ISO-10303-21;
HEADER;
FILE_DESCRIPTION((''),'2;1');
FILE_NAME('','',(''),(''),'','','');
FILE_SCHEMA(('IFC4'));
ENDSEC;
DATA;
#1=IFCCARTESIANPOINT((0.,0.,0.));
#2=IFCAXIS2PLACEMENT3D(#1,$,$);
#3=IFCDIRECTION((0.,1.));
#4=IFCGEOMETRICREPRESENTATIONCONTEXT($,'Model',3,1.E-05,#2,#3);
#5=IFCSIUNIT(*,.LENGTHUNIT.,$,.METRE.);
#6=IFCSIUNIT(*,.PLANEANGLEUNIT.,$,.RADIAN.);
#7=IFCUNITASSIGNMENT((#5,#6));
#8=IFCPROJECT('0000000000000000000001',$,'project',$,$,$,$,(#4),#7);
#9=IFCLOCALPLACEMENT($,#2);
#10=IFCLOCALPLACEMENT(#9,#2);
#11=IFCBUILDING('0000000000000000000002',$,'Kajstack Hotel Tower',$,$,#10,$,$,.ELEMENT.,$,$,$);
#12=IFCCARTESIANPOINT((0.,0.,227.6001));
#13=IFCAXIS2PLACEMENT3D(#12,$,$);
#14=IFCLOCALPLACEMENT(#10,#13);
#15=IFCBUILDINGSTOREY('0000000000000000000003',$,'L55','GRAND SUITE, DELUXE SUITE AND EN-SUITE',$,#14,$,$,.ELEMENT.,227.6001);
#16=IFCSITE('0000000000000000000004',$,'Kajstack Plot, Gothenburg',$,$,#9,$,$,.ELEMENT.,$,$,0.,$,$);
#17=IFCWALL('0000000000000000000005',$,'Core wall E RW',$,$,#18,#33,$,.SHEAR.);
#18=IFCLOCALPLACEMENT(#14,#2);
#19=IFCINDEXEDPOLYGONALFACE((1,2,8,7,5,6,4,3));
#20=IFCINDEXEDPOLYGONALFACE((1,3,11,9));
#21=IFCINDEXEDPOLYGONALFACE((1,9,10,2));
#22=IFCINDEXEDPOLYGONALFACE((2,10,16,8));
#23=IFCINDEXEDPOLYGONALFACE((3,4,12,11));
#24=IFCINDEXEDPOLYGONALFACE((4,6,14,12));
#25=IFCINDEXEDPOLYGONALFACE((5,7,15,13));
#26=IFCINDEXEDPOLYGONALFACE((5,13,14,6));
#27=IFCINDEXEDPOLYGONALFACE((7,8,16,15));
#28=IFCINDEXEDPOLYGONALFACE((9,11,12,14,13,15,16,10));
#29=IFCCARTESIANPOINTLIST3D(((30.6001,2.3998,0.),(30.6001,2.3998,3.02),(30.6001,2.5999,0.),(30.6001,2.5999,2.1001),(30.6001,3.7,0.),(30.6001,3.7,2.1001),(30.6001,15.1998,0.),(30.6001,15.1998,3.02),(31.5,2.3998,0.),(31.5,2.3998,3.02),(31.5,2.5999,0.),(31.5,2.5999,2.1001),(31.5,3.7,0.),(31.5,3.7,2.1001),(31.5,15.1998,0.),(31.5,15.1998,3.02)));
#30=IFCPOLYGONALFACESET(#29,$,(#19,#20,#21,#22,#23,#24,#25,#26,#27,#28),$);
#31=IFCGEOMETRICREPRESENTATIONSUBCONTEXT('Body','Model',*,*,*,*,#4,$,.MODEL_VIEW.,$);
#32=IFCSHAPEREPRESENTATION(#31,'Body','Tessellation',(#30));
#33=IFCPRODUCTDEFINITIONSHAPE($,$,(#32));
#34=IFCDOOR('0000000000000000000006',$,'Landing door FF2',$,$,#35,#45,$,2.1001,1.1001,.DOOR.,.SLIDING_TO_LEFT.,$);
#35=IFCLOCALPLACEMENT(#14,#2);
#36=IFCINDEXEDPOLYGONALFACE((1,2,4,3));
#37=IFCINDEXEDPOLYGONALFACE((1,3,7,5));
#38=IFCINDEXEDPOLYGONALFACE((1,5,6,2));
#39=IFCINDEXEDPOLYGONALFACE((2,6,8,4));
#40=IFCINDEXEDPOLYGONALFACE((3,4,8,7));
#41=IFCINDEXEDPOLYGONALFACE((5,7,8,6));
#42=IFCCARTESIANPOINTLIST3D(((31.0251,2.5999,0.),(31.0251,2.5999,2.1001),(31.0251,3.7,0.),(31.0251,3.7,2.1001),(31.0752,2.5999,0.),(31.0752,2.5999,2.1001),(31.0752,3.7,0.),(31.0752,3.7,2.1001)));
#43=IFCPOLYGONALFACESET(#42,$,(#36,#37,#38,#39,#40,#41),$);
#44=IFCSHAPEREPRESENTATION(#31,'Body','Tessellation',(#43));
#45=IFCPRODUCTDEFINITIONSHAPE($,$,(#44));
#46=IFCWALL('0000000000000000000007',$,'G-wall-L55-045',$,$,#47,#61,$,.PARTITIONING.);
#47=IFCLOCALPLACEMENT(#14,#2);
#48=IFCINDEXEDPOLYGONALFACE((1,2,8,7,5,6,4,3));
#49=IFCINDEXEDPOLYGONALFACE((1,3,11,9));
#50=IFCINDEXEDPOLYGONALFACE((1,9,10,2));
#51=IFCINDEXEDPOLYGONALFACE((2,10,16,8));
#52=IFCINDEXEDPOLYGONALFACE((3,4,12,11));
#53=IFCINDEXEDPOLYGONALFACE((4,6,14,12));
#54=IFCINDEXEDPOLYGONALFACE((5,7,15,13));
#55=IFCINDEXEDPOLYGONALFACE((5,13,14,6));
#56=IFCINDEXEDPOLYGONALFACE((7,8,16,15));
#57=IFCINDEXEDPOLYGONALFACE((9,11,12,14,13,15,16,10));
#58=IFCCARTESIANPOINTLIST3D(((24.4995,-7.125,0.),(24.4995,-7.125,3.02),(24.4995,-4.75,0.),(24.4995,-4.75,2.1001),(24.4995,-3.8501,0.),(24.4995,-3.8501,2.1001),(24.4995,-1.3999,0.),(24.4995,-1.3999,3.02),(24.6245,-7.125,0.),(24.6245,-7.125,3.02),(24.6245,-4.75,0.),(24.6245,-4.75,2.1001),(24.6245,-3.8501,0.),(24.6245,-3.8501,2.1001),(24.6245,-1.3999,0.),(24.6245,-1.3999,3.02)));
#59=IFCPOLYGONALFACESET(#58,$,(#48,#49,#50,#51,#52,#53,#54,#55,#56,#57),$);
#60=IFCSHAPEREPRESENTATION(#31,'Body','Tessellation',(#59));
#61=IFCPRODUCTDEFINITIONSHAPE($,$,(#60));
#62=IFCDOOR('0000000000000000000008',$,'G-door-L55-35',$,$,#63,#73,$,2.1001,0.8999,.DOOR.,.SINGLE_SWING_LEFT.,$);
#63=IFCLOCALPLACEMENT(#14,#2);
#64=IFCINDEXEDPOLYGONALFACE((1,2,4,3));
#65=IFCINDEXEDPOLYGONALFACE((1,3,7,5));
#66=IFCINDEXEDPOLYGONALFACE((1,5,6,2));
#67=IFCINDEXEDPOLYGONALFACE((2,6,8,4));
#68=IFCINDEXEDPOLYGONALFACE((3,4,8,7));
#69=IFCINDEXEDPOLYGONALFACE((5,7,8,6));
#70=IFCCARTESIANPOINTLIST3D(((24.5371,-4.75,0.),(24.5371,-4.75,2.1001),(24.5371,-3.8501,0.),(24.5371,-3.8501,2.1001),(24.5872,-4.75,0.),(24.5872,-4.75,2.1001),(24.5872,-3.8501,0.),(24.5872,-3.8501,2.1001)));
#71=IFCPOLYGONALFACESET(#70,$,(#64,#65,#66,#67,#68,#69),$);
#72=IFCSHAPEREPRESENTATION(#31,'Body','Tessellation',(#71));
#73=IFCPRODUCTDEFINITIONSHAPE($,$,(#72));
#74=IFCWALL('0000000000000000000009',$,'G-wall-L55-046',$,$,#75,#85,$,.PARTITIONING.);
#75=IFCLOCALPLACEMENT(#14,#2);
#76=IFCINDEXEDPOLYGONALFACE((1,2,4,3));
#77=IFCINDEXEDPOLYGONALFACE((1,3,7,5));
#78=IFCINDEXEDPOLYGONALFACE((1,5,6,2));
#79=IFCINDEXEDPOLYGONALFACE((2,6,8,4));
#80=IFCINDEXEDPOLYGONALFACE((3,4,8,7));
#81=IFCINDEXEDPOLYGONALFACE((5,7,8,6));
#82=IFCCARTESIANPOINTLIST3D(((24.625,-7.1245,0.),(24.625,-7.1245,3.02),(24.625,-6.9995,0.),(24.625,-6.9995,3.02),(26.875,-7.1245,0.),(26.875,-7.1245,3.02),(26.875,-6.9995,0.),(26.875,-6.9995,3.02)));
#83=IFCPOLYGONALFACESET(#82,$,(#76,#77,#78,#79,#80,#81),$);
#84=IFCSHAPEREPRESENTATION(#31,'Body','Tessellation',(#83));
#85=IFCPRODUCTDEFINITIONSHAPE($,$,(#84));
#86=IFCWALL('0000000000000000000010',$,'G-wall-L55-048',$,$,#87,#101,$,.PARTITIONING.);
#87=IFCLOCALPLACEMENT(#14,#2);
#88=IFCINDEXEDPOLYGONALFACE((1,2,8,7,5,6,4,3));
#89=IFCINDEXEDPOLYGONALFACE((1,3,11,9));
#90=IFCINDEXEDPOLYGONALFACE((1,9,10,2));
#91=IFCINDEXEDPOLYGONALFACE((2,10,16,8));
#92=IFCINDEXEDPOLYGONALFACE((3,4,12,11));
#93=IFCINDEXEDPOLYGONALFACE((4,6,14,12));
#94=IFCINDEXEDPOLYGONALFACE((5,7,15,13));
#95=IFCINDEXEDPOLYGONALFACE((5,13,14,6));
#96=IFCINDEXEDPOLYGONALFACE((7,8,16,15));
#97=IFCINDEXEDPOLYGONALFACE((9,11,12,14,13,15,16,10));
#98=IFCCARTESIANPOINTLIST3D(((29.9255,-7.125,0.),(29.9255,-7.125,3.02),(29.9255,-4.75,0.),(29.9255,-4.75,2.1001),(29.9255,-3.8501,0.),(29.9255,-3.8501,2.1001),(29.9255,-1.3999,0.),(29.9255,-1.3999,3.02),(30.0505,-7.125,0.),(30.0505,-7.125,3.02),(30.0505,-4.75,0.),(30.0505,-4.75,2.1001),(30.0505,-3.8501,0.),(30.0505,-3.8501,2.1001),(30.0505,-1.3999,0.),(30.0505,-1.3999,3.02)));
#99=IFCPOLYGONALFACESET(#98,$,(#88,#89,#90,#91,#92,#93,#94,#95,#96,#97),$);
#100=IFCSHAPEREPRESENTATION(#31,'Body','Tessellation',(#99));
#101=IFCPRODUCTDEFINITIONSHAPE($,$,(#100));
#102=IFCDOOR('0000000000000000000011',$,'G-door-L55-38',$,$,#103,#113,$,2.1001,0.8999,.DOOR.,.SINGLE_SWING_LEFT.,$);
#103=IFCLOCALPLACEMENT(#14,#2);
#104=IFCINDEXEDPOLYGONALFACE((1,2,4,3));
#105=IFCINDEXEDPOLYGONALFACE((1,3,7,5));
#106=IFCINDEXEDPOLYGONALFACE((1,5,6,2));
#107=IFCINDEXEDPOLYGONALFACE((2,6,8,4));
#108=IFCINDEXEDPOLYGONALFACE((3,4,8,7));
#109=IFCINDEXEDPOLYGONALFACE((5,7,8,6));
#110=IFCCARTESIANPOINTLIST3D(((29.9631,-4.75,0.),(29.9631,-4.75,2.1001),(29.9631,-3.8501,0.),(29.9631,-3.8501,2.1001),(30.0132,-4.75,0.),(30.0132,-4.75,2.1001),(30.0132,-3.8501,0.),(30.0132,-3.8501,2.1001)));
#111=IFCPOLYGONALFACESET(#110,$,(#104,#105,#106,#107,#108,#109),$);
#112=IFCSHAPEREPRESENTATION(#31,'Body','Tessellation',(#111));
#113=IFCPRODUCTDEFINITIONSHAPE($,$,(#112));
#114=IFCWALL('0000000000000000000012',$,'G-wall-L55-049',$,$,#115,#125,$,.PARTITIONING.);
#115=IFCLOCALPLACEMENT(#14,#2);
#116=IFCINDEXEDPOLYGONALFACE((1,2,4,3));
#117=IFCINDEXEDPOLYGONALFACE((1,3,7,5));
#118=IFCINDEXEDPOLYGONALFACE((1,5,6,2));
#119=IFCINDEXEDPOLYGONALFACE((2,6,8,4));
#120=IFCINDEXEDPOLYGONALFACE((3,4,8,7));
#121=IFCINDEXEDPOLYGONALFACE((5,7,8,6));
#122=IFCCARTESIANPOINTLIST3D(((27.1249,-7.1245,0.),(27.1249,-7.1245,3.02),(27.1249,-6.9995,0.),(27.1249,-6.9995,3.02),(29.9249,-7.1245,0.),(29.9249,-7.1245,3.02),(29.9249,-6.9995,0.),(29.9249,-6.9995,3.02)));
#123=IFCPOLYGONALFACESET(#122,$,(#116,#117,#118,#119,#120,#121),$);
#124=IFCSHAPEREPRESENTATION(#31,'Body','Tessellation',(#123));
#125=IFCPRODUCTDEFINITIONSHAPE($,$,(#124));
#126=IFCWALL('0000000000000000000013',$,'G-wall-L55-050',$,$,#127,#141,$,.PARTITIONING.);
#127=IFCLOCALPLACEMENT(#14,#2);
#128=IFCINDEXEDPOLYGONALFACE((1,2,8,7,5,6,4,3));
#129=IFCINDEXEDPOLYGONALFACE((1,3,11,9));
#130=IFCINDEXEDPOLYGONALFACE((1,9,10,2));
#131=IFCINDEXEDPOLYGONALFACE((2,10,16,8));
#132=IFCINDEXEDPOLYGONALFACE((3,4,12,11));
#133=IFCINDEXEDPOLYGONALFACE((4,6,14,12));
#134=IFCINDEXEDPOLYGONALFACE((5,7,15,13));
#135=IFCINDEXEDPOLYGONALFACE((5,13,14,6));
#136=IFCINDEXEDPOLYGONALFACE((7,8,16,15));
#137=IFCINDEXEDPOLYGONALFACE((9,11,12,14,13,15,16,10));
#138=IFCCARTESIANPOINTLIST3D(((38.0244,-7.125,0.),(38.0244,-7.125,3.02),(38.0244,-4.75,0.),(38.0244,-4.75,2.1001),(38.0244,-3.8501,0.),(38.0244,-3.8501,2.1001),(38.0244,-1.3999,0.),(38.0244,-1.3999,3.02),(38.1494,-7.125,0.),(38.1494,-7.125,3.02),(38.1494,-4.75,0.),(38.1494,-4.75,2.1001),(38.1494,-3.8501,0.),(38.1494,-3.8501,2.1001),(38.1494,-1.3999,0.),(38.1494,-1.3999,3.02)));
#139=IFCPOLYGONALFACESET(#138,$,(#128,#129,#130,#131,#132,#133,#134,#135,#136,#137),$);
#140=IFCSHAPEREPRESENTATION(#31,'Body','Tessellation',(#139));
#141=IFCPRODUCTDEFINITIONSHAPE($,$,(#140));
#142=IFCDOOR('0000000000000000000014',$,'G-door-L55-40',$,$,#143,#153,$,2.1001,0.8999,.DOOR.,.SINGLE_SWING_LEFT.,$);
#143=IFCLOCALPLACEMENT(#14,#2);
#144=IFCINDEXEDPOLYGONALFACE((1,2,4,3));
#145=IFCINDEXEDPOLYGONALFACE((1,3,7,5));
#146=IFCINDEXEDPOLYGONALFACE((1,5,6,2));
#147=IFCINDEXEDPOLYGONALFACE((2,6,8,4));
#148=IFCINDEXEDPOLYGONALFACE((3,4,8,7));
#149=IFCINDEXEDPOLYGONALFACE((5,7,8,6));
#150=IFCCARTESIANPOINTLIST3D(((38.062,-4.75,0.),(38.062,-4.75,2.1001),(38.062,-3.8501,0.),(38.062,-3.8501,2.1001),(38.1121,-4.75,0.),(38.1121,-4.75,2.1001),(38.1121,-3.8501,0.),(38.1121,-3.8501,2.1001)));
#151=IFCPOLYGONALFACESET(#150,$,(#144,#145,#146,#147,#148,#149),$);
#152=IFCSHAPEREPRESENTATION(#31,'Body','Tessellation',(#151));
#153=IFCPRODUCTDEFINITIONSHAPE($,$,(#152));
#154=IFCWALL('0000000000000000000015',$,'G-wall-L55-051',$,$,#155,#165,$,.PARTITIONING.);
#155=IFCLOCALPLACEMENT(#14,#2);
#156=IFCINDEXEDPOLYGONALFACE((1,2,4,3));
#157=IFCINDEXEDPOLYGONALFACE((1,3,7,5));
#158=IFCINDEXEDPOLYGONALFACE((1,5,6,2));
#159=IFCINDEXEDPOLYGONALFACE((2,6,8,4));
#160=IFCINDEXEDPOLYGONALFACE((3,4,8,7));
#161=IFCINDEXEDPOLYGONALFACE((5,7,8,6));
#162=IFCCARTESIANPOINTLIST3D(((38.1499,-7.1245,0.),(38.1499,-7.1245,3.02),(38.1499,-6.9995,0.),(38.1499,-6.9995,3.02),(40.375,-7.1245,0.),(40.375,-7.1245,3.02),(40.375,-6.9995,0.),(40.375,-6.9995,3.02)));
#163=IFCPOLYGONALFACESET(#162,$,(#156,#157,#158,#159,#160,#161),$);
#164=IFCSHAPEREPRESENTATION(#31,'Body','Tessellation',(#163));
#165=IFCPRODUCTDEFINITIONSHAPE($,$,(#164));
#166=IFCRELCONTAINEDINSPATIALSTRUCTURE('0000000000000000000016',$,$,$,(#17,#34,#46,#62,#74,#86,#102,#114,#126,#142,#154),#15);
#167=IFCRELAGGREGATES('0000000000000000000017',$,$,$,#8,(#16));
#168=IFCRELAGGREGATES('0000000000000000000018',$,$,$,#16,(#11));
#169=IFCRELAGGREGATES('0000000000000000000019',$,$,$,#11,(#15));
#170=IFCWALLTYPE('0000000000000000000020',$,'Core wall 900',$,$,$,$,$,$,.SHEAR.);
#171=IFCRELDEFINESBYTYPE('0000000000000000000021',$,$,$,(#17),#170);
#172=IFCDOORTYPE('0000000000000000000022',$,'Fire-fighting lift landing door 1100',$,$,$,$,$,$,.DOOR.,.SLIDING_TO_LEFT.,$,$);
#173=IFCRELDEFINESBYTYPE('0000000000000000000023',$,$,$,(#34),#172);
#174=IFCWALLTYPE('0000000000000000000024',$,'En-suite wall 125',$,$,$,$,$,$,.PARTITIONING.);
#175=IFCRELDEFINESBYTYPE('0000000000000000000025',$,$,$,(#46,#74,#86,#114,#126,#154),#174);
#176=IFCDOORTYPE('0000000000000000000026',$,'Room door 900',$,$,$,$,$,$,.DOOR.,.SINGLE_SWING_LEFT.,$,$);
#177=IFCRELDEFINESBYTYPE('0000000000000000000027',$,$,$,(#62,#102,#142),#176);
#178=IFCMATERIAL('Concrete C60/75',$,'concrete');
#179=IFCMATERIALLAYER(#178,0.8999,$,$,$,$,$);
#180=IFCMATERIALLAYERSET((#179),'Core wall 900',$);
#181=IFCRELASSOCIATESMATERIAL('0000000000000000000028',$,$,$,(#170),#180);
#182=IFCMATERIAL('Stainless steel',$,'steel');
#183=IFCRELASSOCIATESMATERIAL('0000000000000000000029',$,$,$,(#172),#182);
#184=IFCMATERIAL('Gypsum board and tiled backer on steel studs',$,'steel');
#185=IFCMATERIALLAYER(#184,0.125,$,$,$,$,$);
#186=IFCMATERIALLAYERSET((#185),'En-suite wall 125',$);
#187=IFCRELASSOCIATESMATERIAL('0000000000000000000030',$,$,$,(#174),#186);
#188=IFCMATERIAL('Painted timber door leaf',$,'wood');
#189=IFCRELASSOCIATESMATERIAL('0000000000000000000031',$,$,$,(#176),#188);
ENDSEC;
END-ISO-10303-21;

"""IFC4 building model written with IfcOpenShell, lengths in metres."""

from ifc_helpers import new_model, si_unit, direction, frame, frame_2d, origin, place, context, subcontext, project, spatial, rectangle, extrude, material, layer, layer_set, type_object, element, fill, save


model = new_model("IFC4")

# Units and contexts
model_context = context("Model", 3, precision=1e-05, world=origin(), true_north=direction((0.0, 1.0)))
body_context = subcontext(model_context, "Body", "Model", "MODEL_VIEW")
ifc_project = project(units=[si_unit("LENGTHUNIT", "METRE"), si_unit("PLANEANGLEUNIT", "RADIAN")], contexts=[model_context])

# Site, building, storey
site_placement = place(None, origin())
site = spatial("IfcSite", under=ifc_project, at=site_placement, Name="Kajstack Plot, Gothenburg", CompositionType="ELEMENT", RefElevation=0.0)
building_placement = place(site_placement, origin())
building = spatial("IfcBuilding", under=site, at=building_placement, Name="Kajstack Hotel Tower", CompositionType="ELEMENT")
storey_placement = place(building_placement, frame((0.0, 0.0, 227.6001)))
storey = spatial("IfcBuildingStorey", under=building, at=storey_placement, Name="L55", Description="GRAND SUITE, DELUXE SUITE AND EN-SUITE", CompositionType="ELEMENT", Elevation=227.6001)

# Walls, openings, doors
ifc_material_1 = material(Name="Concrete C60/75", Category="concrete")
ifc_layer_1 = layer(ifc_material_1, 0.8999)
ifc_layer_set_1 = layer_set([ifc_layer_1], Name="Core wall 900")
wall_type_1 = type_object("IfcWallType", Name="Core wall 900", PredefinedType="SHEAR", material=ifc_layer_set_1)
wall_1_placement = place(storey_placement, frame((31.05, 2.3999, 0.0), z_axis=(0.0, 0.0, 1.0), x_axis=(0.0, 1.0, 0.0)))
wall_1 = element("IfcWall", 1, at=wall_1_placement, inside=storey, type_object=wall_type_1, Name="Core wall E RW", PredefinedType="SHEAR", context=body_context, shape_type="SweptSolid", body=[
    extrude(rectangle(XDim=12.8, YDim=0.8999, at=frame_2d((6.3999, 0.0))), origin(), (0.0, 0.0, 1.0), 3.02),
])
opening_1_placement = place(wall_1_placement, frame((0.2, 0.0, 0.0)))
opening_1 = element("IfcOpeningElement", 2, at=opening_1_placement, cuts=wall_1, PredefinedType="OPENING", context=body_context, shape_type="SweptSolid", body=[
    extrude(rectangle(XDim=1.1001, YDim=2.1001, at=frame_2d((0.55, 1.05))), frame((0.0, 0.46, 0.0), z_axis=(0.0, -1.0, 0.0), x_axis=(1.0, 0.0, 0.0)), (0.0, 0.0, 1.0), 0.9199),
])
ifc_material_2 = material(Name="Stainless steel", Category="steel")
door_type_1 = type_object("IfcDoorType", Name="Fire-fighting lift landing door 1100", OperationType="SLIDING_TO_LEFT", PredefinedType="DOOR", material=ifc_material_2)
door_1_placement = place(opening_1_placement, origin())
door_1 = element("IfcDoor", 3, at=door_1_placement, inside=storey, type_object=door_type_1, Name="Landing door FF2", OperationType="SLIDING_TO_LEFT", OverallHeight=2.1001, OverallWidth=1.1001, PredefinedType="DOOR", context=body_context, shape_type="SweptSolid", body=[
    extrude(rectangle(XDim=1.1001, YDim=2.1001, at=frame_2d((0.55, 1.05))), frame((0.0, 0.0249, 0.0), z_axis=(0.0, -1.0, 0.0), x_axis=(1.0, 0.0, 0.0)), (0.0, 0.0, 1.0), 0.05),
])
fill(opening_1, door_1)
ifc_material_3 = material(Name="Gypsum board and tiled backer on steel studs", Category="steel")
ifc_layer_2 = layer(ifc_material_3, 0.125)
ifc_layer_set_2 = layer_set([ifc_layer_2], Name="En-suite wall 125")
wall_type_2 = type_object("IfcWallType", Name="En-suite wall 125", PredefinedType="PARTITIONING", material=ifc_layer_set_2)
wall_2_placement = place(storey_placement, frame((24.562, -7.125, 0.0), z_axis=(0.0, 0.0, 1.0), x_axis=(0.0, 1.0, 0.0)))
wall_2 = element("IfcWall", 4, at=wall_2_placement, inside=storey, type_object=wall_type_2, Name="G-wall-L55-045", PredefinedType="PARTITIONING", context=body_context, shape_type="SweptSolid", body=[
    extrude(rectangle(XDim=5.7251, YDim=0.125, at=frame_2d((2.8625, 0.0))), origin(), (0.0, 0.0, 1.0), 3.02),
])
opening_2_placement = place(wall_2_placement, frame((2.375, 0.0, 0.0)))
opening_2 = element("IfcOpeningElement", 5, at=opening_2_placement, cuts=wall_2, PredefinedType="OPENING", context=body_context, shape_type="SweptSolid", body=[
    extrude(rectangle(XDim=0.8999, YDim=2.1001, at=frame_2d((0.45, 1.05))), frame((0.0, 0.0725, 0.0), z_axis=(0.0, -1.0, 0.0), x_axis=(1.0, 0.0, 0.0)), (0.0, 0.0, 1.0), 0.145),
])
ifc_material_4 = material(Name="Painted timber door leaf", Category="wood")
door_type_2 = type_object("IfcDoorType", Name="Room door 900", OperationType="SINGLE_SWING_LEFT", PredefinedType="DOOR", material=ifc_material_4)
door_2_placement = place(opening_2_placement, origin())
door_2 = element("IfcDoor", 6, at=door_2_placement, inside=storey, type_object=door_type_2, Name="G-door-L55-35", OperationType="SINGLE_SWING_LEFT", OverallHeight=2.1001, OverallWidth=0.8999, PredefinedType="DOOR", context=body_context, shape_type="SweptSolid", body=[
    extrude(rectangle(XDim=0.8999, YDim=2.1001, at=frame_2d((0.45, 1.05))), frame((0.0, 0.0249, 0.0), z_axis=(0.0, -1.0, 0.0), x_axis=(1.0, 0.0, 0.0)), (0.0, 0.0, 1.0), 0.05),
])
fill(opening_2, door_2)

# Wall
wall_3_placement = place(storey_placement, frame((24.625, -7.062, 0.0), z_axis=(0.0, 0.0, 1.0), x_axis=(1.0, 0.0, 0.0)))
element("IfcWall", 7, at=wall_3_placement, inside=storey, type_object=wall_type_2, Name="G-wall-L55-046", PredefinedType="PARTITIONING", context=body_context, shape_type="SweptSolid", body=[
    extrude(rectangle(XDim=2.25, YDim=0.125, at=frame_2d((1.125, 0.0))), origin(), (0.0, 0.0, 1.0), 3.02),
])

# Wall, opening, door
wall_4_placement = place(storey_placement, frame((29.988, -7.125, 0.0), z_axis=(0.0, 0.0, 1.0), x_axis=(0.0, 1.0, 0.0)))
wall_4 = element("IfcWall", 8, at=wall_4_placement, inside=storey, type_object=wall_type_2, Name="G-wall-L55-048", PredefinedType="PARTITIONING", context=body_context, shape_type="SweptSolid", body=[
    extrude(rectangle(XDim=5.7251, YDim=0.125, at=frame_2d((2.8625, 0.0))), origin(), (0.0, 0.0, 1.0), 3.02),
])
opening_3_placement = place(wall_4_placement, frame((2.375, 0.0, 0.0)))
opening_3 = element("IfcOpeningElement", 9, at=opening_3_placement, cuts=wall_4, PredefinedType="OPENING", context=body_context, shape_type="SweptSolid", body=[
    extrude(rectangle(XDim=0.8999, YDim=2.1001, at=frame_2d((0.45, 1.05))), frame((0.0, 0.0725, 0.0), z_axis=(0.0, -1.0, 0.0), x_axis=(1.0, 0.0, 0.0)), (0.0, 0.0, 1.0), 0.145),
])
door_3_placement = place(opening_3_placement, origin())
door_3 = element("IfcDoor", 10, at=door_3_placement, inside=storey, type_object=door_type_2, Name="G-door-L55-38", OperationType="SINGLE_SWING_LEFT", OverallHeight=2.1001, OverallWidth=0.8999, PredefinedType="DOOR", context=body_context, shape_type="SweptSolid", body=[
    extrude(rectangle(XDim=0.8999, YDim=2.1001, at=frame_2d((0.45, 1.05))), frame((0.0, 0.0249, 0.0), z_axis=(0.0, -1.0, 0.0), x_axis=(1.0, 0.0, 0.0)), (0.0, 0.0, 1.0), 0.05),
])
fill(opening_3, door_3)

# Wall
wall_5_placement = place(storey_placement, frame((27.125, -7.062, 0.0), z_axis=(0.0, 0.0, 1.0), x_axis=(1.0, 0.0, 0.0)))
element("IfcWall", 11, at=wall_5_placement, inside=storey, type_object=wall_type_2, Name="G-wall-L55-049", PredefinedType="PARTITIONING", context=body_context, shape_type="SweptSolid", body=[
    extrude(rectangle(XDim=2.8, YDim=0.125, at=frame_2d((1.3999, 0.0))), origin(), (0.0, 0.0, 1.0), 3.02),
])

# Wall, opening, door
wall_6_placement = place(storey_placement, frame((38.0869, -7.125, 0.0), z_axis=(0.0, 0.0, 1.0), x_axis=(0.0, 1.0, 0.0)))
wall_6 = element("IfcWall", 12, at=wall_6_placement, inside=storey, type_object=wall_type_2, Name="G-wall-L55-050", PredefinedType="PARTITIONING", context=body_context, shape_type="SweptSolid", body=[
    extrude(rectangle(XDim=5.7251, YDim=0.125, at=frame_2d((2.8625, 0.0))), origin(), (0.0, 0.0, 1.0), 3.02),
])
opening_4_placement = place(wall_6_placement, frame((2.375, 0.0, 0.0)))
opening_4 = element("IfcOpeningElement", 13, at=opening_4_placement, cuts=wall_6, PredefinedType="OPENING", context=body_context, shape_type="SweptSolid", body=[
    extrude(rectangle(XDim=0.8999, YDim=2.1001, at=frame_2d((0.45, 1.05))), frame((0.0, 0.0725, 0.0), z_axis=(0.0, -1.0, 0.0), x_axis=(1.0, 0.0, 0.0)), (0.0, 0.0, 1.0), 0.145),
])
door_4_placement = place(opening_4_placement, origin())
door_4 = element("IfcDoor", 14, at=door_4_placement, inside=storey, type_object=door_type_2, Name="G-door-L55-40", OperationType="SINGLE_SWING_LEFT", OverallHeight=2.1001, OverallWidth=0.8999, PredefinedType="DOOR", context=body_context, shape_type="SweptSolid", body=[
    extrude(rectangle(XDim=0.8999, YDim=2.1001, at=frame_2d((0.45, 1.05))), frame((0.0, 0.0249, 0.0), z_axis=(0.0, -1.0, 0.0), x_axis=(1.0, 0.0, 0.0)), (0.0, 0.0, 1.0), 0.05),
])
fill(opening_4, door_4)

# Wall
wall_7_placement = place(storey_placement, frame((38.1499, -7.062, 0.0), z_axis=(0.0, 0.0, 1.0), x_axis=(1.0, 0.0, 0.0)))
element("IfcWall", 15, at=wall_7_placement, inside=storey, type_object=wall_type_2, Name="G-wall-L55-051", PredefinedType="PARTITIONING", context=body_context, shape_type="SweptSolid", body=[
    extrude(rectangle(XDim=2.2251, YDim=0.125, at=frame_2d((1.1125, 0.0))), origin(), (0.0, 0.0, 1.0), 3.02),
])

save(model, "model.ifc")
